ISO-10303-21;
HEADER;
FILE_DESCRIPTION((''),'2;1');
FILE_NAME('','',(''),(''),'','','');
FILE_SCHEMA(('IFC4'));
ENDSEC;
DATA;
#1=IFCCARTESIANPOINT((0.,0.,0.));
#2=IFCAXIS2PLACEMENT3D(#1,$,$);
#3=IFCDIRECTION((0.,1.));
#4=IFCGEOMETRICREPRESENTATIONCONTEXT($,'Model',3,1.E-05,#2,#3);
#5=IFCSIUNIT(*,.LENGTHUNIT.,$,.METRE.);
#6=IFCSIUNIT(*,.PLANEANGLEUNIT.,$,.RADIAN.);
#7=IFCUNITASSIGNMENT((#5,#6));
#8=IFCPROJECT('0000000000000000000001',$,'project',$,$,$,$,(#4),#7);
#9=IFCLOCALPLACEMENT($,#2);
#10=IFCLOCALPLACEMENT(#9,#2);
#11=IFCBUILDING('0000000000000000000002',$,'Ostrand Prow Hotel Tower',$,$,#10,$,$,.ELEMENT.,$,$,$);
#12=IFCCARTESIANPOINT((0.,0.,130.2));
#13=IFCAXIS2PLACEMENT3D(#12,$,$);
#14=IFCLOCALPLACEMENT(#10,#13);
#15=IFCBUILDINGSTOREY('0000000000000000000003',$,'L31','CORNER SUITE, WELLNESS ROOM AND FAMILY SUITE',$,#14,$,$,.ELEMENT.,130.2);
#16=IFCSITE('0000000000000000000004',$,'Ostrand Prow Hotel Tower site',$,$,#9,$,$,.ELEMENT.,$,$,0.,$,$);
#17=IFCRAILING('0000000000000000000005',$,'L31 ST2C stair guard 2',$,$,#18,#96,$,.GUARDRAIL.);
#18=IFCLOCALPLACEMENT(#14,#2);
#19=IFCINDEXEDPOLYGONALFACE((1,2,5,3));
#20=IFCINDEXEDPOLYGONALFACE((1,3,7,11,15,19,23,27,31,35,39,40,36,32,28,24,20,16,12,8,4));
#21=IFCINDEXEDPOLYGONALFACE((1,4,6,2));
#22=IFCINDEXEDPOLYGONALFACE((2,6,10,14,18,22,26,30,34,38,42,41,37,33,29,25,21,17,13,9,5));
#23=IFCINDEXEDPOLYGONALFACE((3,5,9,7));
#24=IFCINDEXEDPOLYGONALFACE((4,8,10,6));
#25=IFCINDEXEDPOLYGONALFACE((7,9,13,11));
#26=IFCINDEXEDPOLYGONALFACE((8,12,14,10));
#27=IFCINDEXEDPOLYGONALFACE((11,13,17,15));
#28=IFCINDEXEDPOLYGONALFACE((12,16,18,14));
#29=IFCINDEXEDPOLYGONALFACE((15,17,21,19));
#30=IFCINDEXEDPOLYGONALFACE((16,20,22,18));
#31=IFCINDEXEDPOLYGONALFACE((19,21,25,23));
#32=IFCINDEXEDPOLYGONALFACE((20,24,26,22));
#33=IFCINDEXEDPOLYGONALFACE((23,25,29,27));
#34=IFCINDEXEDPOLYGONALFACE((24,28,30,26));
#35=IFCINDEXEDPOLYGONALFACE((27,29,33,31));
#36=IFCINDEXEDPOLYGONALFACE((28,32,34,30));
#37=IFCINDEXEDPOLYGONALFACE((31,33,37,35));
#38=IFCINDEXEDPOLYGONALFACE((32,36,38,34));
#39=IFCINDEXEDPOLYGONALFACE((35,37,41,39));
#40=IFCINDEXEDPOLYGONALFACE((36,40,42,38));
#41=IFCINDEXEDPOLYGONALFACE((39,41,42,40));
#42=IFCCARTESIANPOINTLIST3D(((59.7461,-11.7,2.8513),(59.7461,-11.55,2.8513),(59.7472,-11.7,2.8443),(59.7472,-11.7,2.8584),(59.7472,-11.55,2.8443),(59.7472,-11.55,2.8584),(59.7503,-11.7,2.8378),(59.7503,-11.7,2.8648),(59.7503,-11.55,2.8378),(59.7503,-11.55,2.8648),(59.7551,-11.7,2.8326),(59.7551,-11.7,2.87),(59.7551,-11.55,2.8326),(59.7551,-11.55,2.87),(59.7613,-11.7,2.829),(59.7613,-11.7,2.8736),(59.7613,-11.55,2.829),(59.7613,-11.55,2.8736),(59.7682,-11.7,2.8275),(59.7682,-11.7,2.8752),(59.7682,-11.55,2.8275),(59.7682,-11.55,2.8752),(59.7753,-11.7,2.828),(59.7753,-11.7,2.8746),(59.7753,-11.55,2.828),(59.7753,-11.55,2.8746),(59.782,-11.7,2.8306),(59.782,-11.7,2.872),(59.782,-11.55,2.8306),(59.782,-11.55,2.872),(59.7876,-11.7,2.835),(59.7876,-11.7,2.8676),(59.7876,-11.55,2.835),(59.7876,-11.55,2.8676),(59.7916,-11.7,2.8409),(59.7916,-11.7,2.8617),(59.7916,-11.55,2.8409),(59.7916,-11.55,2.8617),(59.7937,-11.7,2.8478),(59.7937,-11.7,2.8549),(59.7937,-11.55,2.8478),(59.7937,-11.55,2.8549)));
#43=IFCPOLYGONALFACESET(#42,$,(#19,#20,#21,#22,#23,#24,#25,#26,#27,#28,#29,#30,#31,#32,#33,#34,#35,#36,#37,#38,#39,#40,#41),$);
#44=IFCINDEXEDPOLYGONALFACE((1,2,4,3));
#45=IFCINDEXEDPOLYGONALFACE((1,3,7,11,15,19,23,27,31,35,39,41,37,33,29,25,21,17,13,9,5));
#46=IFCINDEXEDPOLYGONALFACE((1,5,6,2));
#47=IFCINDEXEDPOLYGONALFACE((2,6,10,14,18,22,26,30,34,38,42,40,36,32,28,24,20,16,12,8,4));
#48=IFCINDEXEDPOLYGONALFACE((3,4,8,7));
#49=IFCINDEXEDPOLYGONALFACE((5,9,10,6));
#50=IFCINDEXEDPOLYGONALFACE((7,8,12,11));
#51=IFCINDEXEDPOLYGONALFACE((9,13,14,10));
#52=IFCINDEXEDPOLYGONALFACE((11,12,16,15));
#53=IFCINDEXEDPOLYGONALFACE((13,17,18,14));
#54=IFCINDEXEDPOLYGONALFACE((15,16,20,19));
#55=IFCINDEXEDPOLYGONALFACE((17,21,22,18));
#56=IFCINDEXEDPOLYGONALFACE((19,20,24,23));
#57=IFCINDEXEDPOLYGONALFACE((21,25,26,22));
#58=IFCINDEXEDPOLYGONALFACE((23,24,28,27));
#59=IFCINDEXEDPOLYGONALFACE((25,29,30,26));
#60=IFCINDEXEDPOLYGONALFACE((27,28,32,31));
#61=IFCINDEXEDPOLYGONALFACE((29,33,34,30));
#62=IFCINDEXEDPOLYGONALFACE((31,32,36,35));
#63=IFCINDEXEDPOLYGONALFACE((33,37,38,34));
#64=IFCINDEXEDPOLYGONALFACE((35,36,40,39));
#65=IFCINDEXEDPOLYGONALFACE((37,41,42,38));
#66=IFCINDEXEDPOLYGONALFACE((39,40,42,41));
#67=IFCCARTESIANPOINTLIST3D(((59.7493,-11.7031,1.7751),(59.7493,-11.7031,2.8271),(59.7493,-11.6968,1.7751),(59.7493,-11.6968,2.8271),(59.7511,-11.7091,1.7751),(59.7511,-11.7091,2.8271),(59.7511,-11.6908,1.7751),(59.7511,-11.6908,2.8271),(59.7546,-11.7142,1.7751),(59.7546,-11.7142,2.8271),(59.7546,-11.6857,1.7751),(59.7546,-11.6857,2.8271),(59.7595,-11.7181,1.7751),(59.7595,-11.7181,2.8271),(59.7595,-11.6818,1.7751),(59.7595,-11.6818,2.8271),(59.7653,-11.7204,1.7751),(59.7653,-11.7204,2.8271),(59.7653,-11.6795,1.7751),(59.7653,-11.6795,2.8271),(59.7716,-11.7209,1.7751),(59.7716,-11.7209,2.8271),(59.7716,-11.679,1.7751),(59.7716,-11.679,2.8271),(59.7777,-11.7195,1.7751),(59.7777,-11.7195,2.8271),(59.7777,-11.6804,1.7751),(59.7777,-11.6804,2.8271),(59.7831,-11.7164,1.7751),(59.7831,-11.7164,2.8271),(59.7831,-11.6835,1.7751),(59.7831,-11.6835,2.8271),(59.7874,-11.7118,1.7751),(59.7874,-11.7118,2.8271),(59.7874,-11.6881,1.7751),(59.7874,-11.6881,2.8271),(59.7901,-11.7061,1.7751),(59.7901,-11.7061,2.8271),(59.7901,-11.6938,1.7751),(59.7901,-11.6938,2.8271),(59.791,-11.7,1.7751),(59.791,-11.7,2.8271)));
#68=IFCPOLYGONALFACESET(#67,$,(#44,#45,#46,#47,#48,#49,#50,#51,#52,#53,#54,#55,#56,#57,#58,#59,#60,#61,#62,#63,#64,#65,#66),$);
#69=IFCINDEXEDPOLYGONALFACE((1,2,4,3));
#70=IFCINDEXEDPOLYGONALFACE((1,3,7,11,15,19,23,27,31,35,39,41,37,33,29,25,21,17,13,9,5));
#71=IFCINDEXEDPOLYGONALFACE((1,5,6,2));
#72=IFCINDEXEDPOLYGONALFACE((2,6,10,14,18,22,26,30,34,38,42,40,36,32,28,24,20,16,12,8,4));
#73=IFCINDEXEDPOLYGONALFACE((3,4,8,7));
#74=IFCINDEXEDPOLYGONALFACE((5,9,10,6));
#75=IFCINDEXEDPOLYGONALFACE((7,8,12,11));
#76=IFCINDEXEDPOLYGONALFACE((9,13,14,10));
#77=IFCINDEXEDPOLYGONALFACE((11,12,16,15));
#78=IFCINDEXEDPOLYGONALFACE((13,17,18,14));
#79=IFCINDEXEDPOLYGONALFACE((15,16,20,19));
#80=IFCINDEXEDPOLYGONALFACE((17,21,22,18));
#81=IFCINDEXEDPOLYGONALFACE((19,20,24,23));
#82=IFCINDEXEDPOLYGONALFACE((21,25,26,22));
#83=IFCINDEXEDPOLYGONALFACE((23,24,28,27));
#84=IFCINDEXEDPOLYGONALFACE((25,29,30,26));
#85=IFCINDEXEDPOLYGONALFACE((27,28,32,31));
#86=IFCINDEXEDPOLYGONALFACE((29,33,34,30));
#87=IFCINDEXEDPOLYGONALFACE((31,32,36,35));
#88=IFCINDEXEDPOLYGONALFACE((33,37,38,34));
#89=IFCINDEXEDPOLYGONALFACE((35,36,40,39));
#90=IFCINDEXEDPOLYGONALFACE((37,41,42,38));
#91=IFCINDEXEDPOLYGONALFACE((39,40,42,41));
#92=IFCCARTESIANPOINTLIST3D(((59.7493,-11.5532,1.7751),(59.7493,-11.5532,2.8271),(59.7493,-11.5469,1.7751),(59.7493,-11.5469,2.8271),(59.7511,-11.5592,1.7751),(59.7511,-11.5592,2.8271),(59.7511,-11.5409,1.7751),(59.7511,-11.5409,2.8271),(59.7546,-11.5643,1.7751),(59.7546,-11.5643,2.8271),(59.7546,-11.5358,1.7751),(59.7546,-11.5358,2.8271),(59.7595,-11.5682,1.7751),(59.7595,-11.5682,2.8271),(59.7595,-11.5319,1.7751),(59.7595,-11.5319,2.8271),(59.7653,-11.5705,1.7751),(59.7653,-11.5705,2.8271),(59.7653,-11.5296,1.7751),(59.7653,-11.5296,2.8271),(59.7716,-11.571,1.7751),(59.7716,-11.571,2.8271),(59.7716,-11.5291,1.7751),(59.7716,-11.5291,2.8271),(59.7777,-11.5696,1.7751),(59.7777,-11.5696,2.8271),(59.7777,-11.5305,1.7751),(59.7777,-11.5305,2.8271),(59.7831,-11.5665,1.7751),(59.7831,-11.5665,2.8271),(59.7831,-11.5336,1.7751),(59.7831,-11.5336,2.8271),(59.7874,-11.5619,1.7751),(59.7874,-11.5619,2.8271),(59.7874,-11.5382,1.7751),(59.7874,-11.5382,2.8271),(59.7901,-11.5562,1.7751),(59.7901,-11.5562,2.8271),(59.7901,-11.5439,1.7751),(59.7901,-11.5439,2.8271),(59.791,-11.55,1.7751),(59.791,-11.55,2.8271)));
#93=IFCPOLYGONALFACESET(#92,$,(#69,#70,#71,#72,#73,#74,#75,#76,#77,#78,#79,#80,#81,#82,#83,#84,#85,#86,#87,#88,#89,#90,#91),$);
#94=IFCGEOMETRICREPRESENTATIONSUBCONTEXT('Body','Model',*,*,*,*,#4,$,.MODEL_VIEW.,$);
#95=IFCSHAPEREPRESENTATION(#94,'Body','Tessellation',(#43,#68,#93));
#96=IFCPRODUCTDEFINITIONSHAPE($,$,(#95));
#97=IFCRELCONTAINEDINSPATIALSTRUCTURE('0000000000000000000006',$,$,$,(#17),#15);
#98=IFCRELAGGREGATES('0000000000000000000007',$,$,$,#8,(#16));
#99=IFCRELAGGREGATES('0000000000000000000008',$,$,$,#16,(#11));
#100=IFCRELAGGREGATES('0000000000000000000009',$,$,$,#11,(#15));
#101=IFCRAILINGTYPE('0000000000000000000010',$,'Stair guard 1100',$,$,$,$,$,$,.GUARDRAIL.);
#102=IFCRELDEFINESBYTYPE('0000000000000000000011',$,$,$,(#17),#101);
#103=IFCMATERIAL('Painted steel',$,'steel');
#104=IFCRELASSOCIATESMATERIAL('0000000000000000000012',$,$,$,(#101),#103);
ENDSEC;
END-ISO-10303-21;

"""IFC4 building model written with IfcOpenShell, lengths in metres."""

from ifc_helpers import new_model, si_unit, direction, frame, origin, origin_2d, place, context, subcontext, project, spatial, circle, extrude, material, type_object, element, save


model = new_model("IFC4")

# Units and contexts
model_context = context("Model", 3, precision=1e-05, world=origin(), true_north=direction((0.0, 1.0)))
body_context = subcontext(model_context, "Body", "Model", "MODEL_VIEW")
ifc_project = project(units=[si_unit("LENGTHUNIT", "METRE"), si_unit("PLANEANGLEUNIT", "RADIAN")], contexts=[model_context])

# Site, building, storey
site_placement = place(None, origin())
site = spatial("IfcSite", under=ifc_project, at=site_placement, Name="Ostrand Prow Hotel Tower site", CompositionType="ELEMENT", RefElevation=0.0)
building_placement = place(site_placement, origin())
building = spatial("IfcBuilding", under=site, at=building_placement, Name="Ostrand Prow Hotel Tower", CompositionType="ELEMENT")
storey_placement = place(building_placement, frame((0.0, 0.0, 130.2)))
storey = spatial("IfcBuildingStorey", under=building, at=storey_placement, Name="L31", Description="CORNER SUITE, WELLNESS ROOM AND FAMILY SUITE", CompositionType="ELEMENT", Elevation=130.2)

# Railing
ifc_material_1 = material(Name="Painted steel", Category="steel")
railing_type_1 = type_object("IfcRailingType", Name="Stair guard 1100", PredefinedType="GUARDRAIL", material=ifc_material_1)
railing_1_placement = place(storey_placement, frame((59.77, -11.7, 1.7751)))
element("IfcRailing", 1, at=railing_1_placement, inside=storey, type_object=railing_type_1, Name="L31 ST2C stair guard 2", PredefinedType="GUARDRAIL", context=body_context, shape_type="SweptSolid", body=[
    extrude(circle(Radius=0.0239, at=origin_2d()), frame((0.0, 0.0, 1.0762), z_axis=(0.0, 1.0, 0.0), x_axis=(-1.0, 0.0, 0.0)), (0.0, 0.0, 1.0), 0.1499),
    extrude(circle(Radius=0.021, at=origin_2d()), origin(), (0.0, 0.0, 1.0), 1.052),
    extrude(circle(Radius=0.021, at=origin_2d()), frame((0.0, 0.1499, 0.0)), (0.0, 0.0, 1.0), 1.052),
])

save(model, "model.ifc")
